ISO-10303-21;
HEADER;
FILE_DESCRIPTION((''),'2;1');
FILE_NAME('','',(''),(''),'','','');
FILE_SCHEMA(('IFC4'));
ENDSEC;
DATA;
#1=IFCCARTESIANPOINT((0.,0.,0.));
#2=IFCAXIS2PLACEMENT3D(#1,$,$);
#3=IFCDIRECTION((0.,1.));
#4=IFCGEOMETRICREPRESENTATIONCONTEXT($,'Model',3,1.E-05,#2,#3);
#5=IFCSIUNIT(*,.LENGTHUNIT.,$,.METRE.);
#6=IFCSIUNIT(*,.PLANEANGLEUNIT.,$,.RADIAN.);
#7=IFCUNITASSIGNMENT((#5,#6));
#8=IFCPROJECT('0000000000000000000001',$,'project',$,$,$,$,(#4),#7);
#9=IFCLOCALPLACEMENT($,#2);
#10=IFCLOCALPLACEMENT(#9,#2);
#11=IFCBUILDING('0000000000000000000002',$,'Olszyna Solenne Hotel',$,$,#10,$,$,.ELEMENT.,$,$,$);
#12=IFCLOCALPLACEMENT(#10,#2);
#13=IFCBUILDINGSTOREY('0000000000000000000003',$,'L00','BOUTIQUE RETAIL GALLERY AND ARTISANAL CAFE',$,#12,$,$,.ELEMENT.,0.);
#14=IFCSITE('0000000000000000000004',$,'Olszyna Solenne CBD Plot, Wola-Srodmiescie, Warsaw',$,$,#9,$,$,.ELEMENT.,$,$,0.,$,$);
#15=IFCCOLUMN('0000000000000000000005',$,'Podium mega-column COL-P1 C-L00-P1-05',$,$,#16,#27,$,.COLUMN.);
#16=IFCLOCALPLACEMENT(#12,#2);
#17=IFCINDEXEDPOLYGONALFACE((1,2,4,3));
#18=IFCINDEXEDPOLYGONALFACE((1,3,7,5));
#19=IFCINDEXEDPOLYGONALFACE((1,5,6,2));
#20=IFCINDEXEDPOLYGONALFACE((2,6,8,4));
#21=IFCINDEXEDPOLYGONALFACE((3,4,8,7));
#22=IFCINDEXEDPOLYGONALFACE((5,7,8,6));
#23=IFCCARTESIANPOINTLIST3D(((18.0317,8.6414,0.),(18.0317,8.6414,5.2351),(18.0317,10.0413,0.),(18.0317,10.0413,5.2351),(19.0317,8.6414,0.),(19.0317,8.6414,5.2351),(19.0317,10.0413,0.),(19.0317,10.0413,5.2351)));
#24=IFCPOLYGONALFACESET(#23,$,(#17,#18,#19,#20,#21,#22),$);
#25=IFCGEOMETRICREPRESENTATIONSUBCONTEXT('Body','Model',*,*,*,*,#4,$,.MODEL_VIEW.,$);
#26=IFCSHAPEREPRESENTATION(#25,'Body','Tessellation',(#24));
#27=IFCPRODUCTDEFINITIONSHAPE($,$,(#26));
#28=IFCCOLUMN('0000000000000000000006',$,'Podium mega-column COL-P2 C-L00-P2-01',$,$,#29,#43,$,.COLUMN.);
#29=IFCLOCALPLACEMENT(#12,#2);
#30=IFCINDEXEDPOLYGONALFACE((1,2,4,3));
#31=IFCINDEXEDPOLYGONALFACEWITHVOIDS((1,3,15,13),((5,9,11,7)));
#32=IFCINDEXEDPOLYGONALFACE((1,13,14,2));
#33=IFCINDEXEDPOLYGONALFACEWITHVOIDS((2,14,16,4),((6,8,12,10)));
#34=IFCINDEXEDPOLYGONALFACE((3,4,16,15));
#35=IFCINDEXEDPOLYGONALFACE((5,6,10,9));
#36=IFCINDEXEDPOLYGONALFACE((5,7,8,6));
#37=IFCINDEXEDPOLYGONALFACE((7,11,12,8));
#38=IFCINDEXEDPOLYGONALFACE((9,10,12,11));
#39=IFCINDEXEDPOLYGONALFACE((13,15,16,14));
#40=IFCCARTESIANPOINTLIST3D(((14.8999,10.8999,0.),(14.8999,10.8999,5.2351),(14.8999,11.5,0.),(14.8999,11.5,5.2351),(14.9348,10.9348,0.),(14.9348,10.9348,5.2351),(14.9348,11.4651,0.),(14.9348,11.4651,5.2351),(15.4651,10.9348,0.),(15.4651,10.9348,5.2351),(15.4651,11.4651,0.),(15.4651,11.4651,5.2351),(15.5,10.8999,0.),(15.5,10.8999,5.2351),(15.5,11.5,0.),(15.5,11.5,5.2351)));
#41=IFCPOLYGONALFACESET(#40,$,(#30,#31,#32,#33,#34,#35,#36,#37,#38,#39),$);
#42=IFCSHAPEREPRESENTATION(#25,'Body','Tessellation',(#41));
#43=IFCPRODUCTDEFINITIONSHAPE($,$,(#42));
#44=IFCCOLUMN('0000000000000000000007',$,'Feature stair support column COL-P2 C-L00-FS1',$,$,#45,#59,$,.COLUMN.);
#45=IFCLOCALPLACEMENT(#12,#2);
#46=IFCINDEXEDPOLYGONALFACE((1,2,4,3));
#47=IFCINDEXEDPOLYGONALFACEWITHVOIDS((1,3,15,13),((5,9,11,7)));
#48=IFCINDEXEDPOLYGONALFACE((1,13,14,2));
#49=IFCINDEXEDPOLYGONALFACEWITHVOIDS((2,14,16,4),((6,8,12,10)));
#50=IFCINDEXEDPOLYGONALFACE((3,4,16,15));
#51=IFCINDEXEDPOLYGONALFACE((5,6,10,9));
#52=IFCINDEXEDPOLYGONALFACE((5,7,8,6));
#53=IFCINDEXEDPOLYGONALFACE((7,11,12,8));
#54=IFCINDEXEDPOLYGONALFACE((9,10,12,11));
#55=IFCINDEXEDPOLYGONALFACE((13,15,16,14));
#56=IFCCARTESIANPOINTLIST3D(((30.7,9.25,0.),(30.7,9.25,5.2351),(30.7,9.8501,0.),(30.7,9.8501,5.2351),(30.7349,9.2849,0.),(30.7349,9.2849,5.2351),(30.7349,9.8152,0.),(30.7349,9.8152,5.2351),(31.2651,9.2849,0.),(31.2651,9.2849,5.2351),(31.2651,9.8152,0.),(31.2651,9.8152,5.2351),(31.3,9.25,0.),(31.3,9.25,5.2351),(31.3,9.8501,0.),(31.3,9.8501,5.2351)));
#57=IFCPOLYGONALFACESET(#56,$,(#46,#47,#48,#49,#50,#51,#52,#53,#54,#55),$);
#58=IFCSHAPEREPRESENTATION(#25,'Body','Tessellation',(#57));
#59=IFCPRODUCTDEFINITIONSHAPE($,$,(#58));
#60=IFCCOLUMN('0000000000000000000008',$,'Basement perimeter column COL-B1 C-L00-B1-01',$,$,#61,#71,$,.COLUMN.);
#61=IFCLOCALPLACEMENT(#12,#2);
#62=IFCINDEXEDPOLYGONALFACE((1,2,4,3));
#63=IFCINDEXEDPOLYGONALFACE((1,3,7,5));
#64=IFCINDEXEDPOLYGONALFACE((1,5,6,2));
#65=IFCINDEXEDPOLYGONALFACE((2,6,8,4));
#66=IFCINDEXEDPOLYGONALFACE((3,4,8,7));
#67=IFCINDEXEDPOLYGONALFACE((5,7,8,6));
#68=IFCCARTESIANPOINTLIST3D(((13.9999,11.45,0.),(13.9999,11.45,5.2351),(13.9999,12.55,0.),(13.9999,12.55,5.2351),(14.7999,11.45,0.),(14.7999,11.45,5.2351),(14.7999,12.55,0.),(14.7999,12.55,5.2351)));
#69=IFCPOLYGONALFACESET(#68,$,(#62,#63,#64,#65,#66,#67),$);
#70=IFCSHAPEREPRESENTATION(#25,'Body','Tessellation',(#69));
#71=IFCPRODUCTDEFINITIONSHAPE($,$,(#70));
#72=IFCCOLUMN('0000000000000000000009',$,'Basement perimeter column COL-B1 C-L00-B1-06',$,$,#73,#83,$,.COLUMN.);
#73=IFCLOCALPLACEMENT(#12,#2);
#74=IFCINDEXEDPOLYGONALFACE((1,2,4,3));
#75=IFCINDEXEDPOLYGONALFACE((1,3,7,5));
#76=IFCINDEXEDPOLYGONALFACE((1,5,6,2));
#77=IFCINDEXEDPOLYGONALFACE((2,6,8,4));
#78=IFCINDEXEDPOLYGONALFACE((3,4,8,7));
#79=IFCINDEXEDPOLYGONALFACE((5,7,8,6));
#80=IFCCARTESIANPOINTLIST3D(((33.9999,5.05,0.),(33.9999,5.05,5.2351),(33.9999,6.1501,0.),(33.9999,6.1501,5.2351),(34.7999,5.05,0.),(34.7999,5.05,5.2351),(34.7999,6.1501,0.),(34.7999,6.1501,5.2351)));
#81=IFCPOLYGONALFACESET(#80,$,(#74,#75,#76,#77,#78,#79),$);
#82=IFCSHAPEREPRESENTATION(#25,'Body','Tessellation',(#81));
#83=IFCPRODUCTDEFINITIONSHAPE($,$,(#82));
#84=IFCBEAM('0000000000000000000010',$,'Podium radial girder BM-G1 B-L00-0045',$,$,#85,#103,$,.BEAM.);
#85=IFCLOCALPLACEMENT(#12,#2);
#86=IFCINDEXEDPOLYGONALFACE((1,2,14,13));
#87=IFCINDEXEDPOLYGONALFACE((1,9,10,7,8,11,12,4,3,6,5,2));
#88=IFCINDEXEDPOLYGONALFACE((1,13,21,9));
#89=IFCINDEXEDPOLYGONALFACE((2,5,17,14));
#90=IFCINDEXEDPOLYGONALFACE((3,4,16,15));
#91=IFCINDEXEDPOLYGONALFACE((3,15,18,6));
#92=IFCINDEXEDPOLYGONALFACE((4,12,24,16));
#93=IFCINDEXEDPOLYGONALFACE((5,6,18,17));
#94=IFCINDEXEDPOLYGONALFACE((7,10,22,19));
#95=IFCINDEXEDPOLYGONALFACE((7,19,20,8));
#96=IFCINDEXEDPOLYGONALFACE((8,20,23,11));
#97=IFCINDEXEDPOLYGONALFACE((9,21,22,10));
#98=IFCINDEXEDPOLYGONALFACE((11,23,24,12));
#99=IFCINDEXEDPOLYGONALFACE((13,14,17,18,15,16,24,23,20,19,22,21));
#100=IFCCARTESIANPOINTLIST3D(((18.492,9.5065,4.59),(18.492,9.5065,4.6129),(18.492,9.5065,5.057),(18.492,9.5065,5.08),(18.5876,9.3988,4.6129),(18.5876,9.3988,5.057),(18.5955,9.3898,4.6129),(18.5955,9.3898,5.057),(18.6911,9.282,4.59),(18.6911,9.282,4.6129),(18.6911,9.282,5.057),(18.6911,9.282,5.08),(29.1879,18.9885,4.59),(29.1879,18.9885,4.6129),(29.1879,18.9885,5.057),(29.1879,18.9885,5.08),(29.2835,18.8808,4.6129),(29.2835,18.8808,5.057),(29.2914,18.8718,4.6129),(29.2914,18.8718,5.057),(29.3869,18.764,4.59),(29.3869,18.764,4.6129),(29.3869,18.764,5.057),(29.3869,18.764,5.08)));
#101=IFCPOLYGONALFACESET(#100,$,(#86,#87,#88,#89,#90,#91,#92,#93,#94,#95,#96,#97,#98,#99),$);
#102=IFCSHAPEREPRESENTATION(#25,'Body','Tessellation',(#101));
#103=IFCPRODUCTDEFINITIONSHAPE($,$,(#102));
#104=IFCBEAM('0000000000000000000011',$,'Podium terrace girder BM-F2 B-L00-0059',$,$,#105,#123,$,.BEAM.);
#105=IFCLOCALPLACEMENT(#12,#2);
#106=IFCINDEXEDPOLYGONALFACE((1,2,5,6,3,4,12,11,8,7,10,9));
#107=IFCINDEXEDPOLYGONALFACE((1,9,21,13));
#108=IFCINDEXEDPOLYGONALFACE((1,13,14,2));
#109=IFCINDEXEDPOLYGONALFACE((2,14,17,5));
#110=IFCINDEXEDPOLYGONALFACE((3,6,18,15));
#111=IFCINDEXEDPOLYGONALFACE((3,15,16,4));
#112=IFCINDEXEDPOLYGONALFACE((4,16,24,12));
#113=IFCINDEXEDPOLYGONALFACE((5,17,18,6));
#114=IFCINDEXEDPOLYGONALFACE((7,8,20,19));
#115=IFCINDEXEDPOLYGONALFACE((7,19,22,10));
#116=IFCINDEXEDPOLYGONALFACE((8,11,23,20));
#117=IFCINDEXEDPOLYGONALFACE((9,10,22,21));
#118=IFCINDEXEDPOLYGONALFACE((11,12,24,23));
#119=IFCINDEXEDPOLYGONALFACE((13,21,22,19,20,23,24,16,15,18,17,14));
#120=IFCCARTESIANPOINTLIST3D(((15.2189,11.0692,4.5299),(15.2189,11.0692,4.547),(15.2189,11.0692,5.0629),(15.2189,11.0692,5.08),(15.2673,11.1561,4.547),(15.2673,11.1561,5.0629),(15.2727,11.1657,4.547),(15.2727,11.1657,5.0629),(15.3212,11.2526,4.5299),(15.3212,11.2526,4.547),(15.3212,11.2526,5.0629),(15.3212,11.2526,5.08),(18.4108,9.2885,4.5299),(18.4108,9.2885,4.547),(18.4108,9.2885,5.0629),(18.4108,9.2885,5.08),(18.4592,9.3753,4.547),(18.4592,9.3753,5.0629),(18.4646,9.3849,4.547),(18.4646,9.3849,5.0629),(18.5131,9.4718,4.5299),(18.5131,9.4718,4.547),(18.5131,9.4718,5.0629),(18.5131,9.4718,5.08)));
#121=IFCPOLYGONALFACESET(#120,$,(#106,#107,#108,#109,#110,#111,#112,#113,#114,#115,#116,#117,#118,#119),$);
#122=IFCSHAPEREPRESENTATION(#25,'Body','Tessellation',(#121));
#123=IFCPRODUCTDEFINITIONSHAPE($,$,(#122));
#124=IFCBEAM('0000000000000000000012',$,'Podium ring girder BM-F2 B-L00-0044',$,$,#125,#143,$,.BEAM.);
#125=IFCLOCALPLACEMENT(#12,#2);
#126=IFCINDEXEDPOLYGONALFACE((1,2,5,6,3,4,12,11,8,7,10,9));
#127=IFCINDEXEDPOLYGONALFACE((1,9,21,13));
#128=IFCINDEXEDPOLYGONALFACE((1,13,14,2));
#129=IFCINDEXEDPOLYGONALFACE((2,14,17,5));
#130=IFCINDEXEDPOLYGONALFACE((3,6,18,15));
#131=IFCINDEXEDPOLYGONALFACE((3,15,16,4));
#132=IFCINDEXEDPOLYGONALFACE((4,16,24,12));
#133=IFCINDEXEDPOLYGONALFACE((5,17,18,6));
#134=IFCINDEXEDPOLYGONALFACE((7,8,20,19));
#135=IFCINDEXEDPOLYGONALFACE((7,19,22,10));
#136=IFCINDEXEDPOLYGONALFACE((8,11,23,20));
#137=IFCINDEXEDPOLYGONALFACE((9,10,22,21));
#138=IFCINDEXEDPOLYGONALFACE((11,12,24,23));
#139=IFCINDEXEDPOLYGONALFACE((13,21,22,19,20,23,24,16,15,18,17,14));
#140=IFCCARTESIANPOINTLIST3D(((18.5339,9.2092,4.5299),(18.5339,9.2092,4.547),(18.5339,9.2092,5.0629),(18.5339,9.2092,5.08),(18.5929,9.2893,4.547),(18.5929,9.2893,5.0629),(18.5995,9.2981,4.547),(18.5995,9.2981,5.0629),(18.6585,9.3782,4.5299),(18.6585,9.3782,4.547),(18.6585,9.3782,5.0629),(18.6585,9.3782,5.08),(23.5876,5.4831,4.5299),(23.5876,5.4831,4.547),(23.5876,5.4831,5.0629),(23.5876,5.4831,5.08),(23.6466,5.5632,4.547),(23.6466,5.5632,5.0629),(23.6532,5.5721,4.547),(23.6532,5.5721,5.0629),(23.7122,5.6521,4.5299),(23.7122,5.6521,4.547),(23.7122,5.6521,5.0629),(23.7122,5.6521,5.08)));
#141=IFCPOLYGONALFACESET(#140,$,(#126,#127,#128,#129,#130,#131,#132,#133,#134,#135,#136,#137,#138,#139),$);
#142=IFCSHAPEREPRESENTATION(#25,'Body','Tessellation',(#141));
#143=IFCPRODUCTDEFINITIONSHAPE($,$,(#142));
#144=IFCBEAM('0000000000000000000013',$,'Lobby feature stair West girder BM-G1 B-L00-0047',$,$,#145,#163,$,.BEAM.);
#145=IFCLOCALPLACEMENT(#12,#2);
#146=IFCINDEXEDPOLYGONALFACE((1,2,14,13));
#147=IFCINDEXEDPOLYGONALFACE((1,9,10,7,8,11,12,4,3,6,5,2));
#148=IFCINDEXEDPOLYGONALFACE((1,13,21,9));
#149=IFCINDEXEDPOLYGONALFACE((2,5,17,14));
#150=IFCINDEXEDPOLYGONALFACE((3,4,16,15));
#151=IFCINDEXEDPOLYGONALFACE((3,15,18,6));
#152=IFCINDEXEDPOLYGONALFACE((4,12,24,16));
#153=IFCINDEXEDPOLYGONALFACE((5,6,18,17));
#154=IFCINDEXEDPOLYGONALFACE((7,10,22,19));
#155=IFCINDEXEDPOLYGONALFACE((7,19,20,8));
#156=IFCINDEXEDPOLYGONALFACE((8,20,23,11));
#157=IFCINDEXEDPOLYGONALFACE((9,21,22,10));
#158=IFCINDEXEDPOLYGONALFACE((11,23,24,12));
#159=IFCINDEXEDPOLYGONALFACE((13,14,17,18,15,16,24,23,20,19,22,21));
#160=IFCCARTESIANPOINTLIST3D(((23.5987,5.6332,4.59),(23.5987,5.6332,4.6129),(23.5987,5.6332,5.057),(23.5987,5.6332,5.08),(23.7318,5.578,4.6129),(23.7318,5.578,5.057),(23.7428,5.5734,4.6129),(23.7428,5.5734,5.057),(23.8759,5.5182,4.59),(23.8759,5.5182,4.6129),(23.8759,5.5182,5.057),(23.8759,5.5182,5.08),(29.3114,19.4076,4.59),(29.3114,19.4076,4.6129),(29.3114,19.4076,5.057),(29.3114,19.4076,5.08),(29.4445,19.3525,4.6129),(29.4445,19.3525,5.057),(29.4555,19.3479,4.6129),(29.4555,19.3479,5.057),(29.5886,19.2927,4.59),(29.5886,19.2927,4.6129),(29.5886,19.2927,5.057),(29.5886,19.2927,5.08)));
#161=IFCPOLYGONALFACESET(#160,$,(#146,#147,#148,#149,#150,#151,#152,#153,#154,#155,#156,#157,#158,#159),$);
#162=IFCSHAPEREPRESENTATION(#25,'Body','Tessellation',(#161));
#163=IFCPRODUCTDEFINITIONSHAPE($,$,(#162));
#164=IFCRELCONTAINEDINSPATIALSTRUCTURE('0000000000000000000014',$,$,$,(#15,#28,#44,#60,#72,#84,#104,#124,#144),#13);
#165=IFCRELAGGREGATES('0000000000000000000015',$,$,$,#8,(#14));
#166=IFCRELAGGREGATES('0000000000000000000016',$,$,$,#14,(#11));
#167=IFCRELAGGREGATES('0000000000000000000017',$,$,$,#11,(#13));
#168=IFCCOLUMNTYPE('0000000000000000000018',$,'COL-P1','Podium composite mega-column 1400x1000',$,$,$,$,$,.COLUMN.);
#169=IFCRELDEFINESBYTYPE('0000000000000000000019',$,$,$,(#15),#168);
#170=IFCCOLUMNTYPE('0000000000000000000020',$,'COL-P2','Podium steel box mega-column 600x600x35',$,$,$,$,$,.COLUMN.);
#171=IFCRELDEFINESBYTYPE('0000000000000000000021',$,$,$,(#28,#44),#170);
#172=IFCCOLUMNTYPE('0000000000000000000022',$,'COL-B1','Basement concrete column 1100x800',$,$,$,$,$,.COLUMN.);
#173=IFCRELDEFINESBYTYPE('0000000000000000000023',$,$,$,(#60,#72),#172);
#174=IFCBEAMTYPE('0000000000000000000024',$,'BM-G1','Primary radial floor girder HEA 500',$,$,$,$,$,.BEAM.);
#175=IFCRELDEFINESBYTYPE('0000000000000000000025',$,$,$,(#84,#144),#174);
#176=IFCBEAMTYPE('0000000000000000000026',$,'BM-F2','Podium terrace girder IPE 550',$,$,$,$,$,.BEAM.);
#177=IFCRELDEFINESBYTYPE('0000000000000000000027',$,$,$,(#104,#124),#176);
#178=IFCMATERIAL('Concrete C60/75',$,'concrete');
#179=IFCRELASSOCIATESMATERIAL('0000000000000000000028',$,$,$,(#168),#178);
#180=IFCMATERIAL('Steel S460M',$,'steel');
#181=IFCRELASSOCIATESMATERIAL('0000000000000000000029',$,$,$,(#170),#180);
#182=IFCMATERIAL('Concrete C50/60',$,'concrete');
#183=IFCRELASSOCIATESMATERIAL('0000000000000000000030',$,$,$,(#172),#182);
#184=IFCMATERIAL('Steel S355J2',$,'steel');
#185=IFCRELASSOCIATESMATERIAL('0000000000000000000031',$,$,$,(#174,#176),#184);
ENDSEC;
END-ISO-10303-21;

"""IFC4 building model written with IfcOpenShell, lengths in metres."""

from ifc_helpers import new_model, si_unit, direction, frame, origin, origin_2d, place, context, subcontext, project, spatial, rectangle, hollow_rectangle, i_section, extrude, source, transform, mapped, material, material_profile, profile_set, type_object, element, save


model = new_model("IFC4")

# Units and contexts
model_context = context("Model", 3, precision=1e-05, world=origin(), true_north=direction((0.0, 1.0)))
body_context = subcontext(model_context, "Body", "Model", "MODEL_VIEW")
ifc_project = project(units=[si_unit("LENGTHUNIT", "METRE"), si_unit("PLANEANGLEUNIT", "RADIAN")], contexts=[model_context])

# Site, building, storey
site_placement = place(None, origin())
site = spatial("IfcSite", under=ifc_project, at=site_placement, Name="Olszyna Solenne CBD Plot, Wola-Srodmiescie, Warsaw", CompositionType="ELEMENT", RefElevation=0.0)
building_placement = place(site_placement, origin())
building = spatial("IfcBuilding", under=site, at=building_placement, Name="Olszyna Solenne Hotel", CompositionType="ELEMENT")
storey_placement = place(building_placement, origin())
storey = spatial("IfcBuildingStorey", under=building, at=storey_placement, Name="L00", Description="BOUTIQUE RETAIL GALLERY AND ARTISANAL CAFE", CompositionType="ELEMENT", Elevation=0.0)

# Columns
ifc_material_1 = material(Name="Concrete C60/75", Category="concrete")
ifc_material_profile_1 = material_profile(ifc_material_1, rectangle(XDim=1.0, YDim=1.3999, at=origin_2d()), Name="RC 1400x1000", Category="load-bearing")
ifc_profile_set_1 = profile_set([ifc_material_profile_1], Name="Concrete C60/75")
column_type_1 = type_object("IfcColumnType", Name="COL-P1", Description="Podium composite mega-column 1400x1000", PredefinedType="COLUMN", material=ifc_profile_set_1)
shared_shape_1 = source(origin(), body_context, "Body", "SweptSolid", [
    extrude(rectangle(XDim=1.0, YDim=1.3999, at=origin_2d()), origin(), (0.0, 0.0, 1.0), 5.2351),
])
column_placement = place(storey_placement, frame((18.5317, 9.3413, 0.0), z_axis=(0.0, 0.0, 1.0), x_axis=(1.0, 0.0, 0.0)))
element("IfcColumn", 1, at=column_placement, inside=storey, type_object=column_type_1, Name="Podium mega-column COL-P1 C-L00-P1-05", PredefinedType="COLUMN", context=body_context, shape_type="MappedRepresentation", body=[
    mapped(shared_shape_1, transform((0.0, 0.0, 0.0), x_axis=(1.0, 0.0, 0.0), y_axis=(0.0, 1.0, 0.0), z_axis=(0.0, 0.0, 1.0), scale=1.0)),
])
ifc_material_2 = material(Name="Steel S460M", Category="steel")
ifc_material_profile_2 = material_profile(ifc_material_2, hollow_rectangle(XDim=0.6001, YDim=0.6001, WallThickness=0.0349, at=origin_2d()), Name="SHS 600x600x35", Category="load-bearing")
ifc_profile_set_2 = profile_set([ifc_material_profile_2], Name="Steel S460M")
column_type_2 = type_object("IfcColumnType", Name="COL-P2", Description="Podium steel box mega-column 600x600x35", PredefinedType="COLUMN", material=ifc_profile_set_2)
shared_shape_2 = source(origin(), body_context, "Body", "SweptSolid", [
    extrude(hollow_rectangle(XDim=0.6001, YDim=0.6001, WallThickness=0.0349, at=origin_2d()), origin(), (0.0, 0.0, 1.0), 5.2351),
])
for number, where, z_axis, x_axis, name in (
    (2, (15.2, 11.2, 0.0), (0.0, 0.0, 1.0), (1.0, 0.0, 0.0), "Podium mega-column COL-P2 C-L00-P2-01"),
    (3, (31.0, 9.55, 0.0), (0.0, 0.0, 1.0), (1.0, 0.0, 0.0), "Feature stair support column COL-P2 C-L00-FS1"),
):
    element("IfcColumn", number, at=place(storey_placement, frame(where, z_axis=z_axis, x_axis=x_axis)), inside=storey, type_object=column_type_2, Name=name, PredefinedType="COLUMN", context=body_context, shape_type="MappedRepresentation", body=[
        mapped(shared_shape_2, transform((0.0, 0.0, 0.0), x_axis=(1.0, 0.0, 0.0), y_axis=(0.0, 1.0, 0.0), z_axis=(0.0, 0.0, 1.0), scale=1.0)),
    ])
ifc_material_3 = material(Name="Concrete C50/60", Category="concrete")
ifc_material_profile_3 = material_profile(ifc_material_3, rectangle(XDim=0.8, YDim=1.1001, at=origin_2d()), Name="RC 1100x800", Category="load-bearing")
ifc_profile_set_3 = profile_set([ifc_material_profile_3], Name="Concrete C50/60")
column_type_3 = type_object("IfcColumnType", Name="COL-B1", Description="Basement concrete column 1100x800", PredefinedType="COLUMN", material=ifc_profile_set_3)
shared_shape_3 = source(origin(), body_context, "Body", "SweptSolid", [
    extrude(rectangle(XDim=0.8, YDim=1.1001, at=origin_2d()), origin(), (0.0, 0.0, 1.0), 5.2351),
])
for number, where, z_axis, x_axis, name in (
    (4, (14.3999, 12.0, 0.0), (0.0, 0.0, 1.0), (1.0, 0.0, 0.0), "Basement perimeter column COL-B1 C-L00-B1-01"),
    (5, (34.3999, 5.6001, 0.0), (0.0, 0.0, 1.0), (1.0, 0.0, 0.0), "Basement perimeter column COL-B1 C-L00-B1-06"),
):
    element("IfcColumn", number, at=place(storey_placement, frame(where, z_axis=z_axis, x_axis=x_axis)), inside=storey, type_object=column_type_3, Name=name, PredefinedType="COLUMN", context=body_context, shape_type="MappedRepresentation", body=[
        mapped(shared_shape_3, transform((0.0, 0.0, 0.0), x_axis=(1.0, 0.0, 0.0), y_axis=(0.0, 1.0, 0.0), z_axis=(0.0, 0.0, 1.0), scale=1.0)),
    ])

# Beams
ifc_material_4 = material(Name="Steel S355J2", Category="steel")
ifc_material_profile_4 = material_profile(ifc_material_4, i_section(OverallWidth=0.3, OverallDepth=0.49, WebThickness=0.012, FlangeThickness=0.0229, at=origin_2d()), Name="HEA 500", Category="load-bearing")
ifc_profile_set_4 = profile_set([ifc_material_profile_4], Name="Steel S355J2")
beam_type_1 = type_object("IfcBeamType", Name="BM-G1", Description="Primary radial floor girder HEA 500", PredefinedType="BEAM", material=ifc_profile_set_4)
shared_shape_4 = source(origin(), body_context, "Body", "SweptSolid", [
    extrude(i_section(OverallWidth=0.3, OverallDepth=0.49, WebThickness=0.012, FlangeThickness=0.0229, at=origin_2d()), origin(), (0.0, 0.0, 1.0), 14.2937),
])
beam_1_placement = place(storey_placement, frame((18.5916, 9.3943, 4.835), z_axis=(0.748293, 0.663369, 0.0), x_axis=(-0.663369, 0.748293, 0.0)))
element("IfcBeam", 6, at=beam_1_placement, inside=storey, type_object=beam_type_1, Name="Podium radial girder BM-G1 B-L00-0045", PredefinedType="BEAM", context=body_context, shape_type="MappedRepresentation", body=[
    mapped(shared_shape_4, transform((0.0, 0.0, 0.0), x_axis=(1.0, 0.0, 0.0), y_axis=(0.0, 1.0, 0.0), z_axis=(0.0, 0.0, 1.0), scale=1.0)),
])
ifc_material_profile_5 = material_profile(ifc_material_4, i_section(OverallWidth=0.21, OverallDepth=0.55, WebThickness=0.011, FlangeThickness=0.0171, at=origin_2d()), Name="IPE 550", Category="load-bearing")
ifc_profile_set_5 = profile_set([ifc_material_profile_5], Name="Steel S355J2")
beam_type_2 = type_object("IfcBeamType", Name="BM-F2", Description="Podium terrace girder IPE 550", PredefinedType="BEAM", material=ifc_profile_set_5)
shared_shape_5 = source(origin(), body_context, "Body", "SweptSolid", [
    extrude(i_section(OverallWidth=0.21, OverallDepth=0.55, WebThickness=0.011, FlangeThickness=0.0171, at=origin_2d()), origin(), (0.0, 0.0, 1.0), 3.655),
])
beam_2_placement = place(storey_placement, frame((15.27, 11.1609, 4.8049), z_axis=(0.873286, -0.487207, 0.0), x_axis=(0.487207, 0.873286, 0.0)))
element("IfcBeam", 7, at=beam_2_placement, inside=storey, type_object=beam_type_2, Name="Podium terrace girder BM-F2 B-L00-0059", PredefinedType="BEAM", context=body_context, shape_type="MappedRepresentation", body=[
    mapped(shared_shape_5, transform((0.0, 0.0, 0.0), x_axis=(1.0, 0.0, 0.0), y_axis=(0.0, 1.0, 0.0), z_axis=(0.0, 0.0, 1.0), scale=1.0)),
])
shared_shape_6 = source(origin(), body_context, "Body", "SweptSolid", [
    extrude(i_section(OverallWidth=0.21, OverallDepth=0.55, WebThickness=0.011, FlangeThickness=0.0171, at=origin_2d()), origin(), (0.0, 0.0, 1.0), 6.2788),
])
beam_3_placement = place(storey_placement, frame((18.5962, 9.2937, 4.8049), z_axis=(0.804882, -0.593435, 0.0), x_axis=(0.593435, 0.804882, 0.0)))
element("IfcBeam", 8, at=beam_3_placement, inside=storey, type_object=beam_type_2, Name="Podium ring girder BM-F2 B-L00-0044", PredefinedType="BEAM", context=body_context, shape_type="MappedRepresentation", body=[
    mapped(shared_shape_6, transform((0.0, 0.0, 0.0), x_axis=(1.0, 0.0, 0.0), y_axis=(0.0, 1.0, 0.0), z_axis=(0.0, 0.0, 1.0), scale=1.0)),
])
shared_shape_7 = source(origin(), body_context, "Body", "SweptSolid", [
    extrude(i_section(OverallWidth=0.3, OverallDepth=0.49, WebThickness=0.012, FlangeThickness=0.0229, at=origin_2d()), origin(), (0.0, 0.0, 1.0), 14.9121),
])
beam_4_placement = place(storey_placement, frame((23.7373, 5.5757, 4.835), z_axis=(0.38309, 0.923711, 0.0), x_axis=(-0.923711, 0.38309, 0.0)))
element("IfcBeam", 9, at=beam_4_placement, inside=storey, type_object=beam_type_1, Name="Lobby feature stair West girder BM-G1 B-L00-0047", PredefinedType="BEAM", context=body_context, shape_type="MappedRepresentation", body=[
    mapped(shared_shape_7, transform((0.0, 0.0, 0.0), x_axis=(1.0, 0.0, 0.0), y_axis=(0.0, 1.0, 0.0), z_axis=(0.0, 0.0, 1.0), scale=1.0)),
])

save(model, "model.ifc")
